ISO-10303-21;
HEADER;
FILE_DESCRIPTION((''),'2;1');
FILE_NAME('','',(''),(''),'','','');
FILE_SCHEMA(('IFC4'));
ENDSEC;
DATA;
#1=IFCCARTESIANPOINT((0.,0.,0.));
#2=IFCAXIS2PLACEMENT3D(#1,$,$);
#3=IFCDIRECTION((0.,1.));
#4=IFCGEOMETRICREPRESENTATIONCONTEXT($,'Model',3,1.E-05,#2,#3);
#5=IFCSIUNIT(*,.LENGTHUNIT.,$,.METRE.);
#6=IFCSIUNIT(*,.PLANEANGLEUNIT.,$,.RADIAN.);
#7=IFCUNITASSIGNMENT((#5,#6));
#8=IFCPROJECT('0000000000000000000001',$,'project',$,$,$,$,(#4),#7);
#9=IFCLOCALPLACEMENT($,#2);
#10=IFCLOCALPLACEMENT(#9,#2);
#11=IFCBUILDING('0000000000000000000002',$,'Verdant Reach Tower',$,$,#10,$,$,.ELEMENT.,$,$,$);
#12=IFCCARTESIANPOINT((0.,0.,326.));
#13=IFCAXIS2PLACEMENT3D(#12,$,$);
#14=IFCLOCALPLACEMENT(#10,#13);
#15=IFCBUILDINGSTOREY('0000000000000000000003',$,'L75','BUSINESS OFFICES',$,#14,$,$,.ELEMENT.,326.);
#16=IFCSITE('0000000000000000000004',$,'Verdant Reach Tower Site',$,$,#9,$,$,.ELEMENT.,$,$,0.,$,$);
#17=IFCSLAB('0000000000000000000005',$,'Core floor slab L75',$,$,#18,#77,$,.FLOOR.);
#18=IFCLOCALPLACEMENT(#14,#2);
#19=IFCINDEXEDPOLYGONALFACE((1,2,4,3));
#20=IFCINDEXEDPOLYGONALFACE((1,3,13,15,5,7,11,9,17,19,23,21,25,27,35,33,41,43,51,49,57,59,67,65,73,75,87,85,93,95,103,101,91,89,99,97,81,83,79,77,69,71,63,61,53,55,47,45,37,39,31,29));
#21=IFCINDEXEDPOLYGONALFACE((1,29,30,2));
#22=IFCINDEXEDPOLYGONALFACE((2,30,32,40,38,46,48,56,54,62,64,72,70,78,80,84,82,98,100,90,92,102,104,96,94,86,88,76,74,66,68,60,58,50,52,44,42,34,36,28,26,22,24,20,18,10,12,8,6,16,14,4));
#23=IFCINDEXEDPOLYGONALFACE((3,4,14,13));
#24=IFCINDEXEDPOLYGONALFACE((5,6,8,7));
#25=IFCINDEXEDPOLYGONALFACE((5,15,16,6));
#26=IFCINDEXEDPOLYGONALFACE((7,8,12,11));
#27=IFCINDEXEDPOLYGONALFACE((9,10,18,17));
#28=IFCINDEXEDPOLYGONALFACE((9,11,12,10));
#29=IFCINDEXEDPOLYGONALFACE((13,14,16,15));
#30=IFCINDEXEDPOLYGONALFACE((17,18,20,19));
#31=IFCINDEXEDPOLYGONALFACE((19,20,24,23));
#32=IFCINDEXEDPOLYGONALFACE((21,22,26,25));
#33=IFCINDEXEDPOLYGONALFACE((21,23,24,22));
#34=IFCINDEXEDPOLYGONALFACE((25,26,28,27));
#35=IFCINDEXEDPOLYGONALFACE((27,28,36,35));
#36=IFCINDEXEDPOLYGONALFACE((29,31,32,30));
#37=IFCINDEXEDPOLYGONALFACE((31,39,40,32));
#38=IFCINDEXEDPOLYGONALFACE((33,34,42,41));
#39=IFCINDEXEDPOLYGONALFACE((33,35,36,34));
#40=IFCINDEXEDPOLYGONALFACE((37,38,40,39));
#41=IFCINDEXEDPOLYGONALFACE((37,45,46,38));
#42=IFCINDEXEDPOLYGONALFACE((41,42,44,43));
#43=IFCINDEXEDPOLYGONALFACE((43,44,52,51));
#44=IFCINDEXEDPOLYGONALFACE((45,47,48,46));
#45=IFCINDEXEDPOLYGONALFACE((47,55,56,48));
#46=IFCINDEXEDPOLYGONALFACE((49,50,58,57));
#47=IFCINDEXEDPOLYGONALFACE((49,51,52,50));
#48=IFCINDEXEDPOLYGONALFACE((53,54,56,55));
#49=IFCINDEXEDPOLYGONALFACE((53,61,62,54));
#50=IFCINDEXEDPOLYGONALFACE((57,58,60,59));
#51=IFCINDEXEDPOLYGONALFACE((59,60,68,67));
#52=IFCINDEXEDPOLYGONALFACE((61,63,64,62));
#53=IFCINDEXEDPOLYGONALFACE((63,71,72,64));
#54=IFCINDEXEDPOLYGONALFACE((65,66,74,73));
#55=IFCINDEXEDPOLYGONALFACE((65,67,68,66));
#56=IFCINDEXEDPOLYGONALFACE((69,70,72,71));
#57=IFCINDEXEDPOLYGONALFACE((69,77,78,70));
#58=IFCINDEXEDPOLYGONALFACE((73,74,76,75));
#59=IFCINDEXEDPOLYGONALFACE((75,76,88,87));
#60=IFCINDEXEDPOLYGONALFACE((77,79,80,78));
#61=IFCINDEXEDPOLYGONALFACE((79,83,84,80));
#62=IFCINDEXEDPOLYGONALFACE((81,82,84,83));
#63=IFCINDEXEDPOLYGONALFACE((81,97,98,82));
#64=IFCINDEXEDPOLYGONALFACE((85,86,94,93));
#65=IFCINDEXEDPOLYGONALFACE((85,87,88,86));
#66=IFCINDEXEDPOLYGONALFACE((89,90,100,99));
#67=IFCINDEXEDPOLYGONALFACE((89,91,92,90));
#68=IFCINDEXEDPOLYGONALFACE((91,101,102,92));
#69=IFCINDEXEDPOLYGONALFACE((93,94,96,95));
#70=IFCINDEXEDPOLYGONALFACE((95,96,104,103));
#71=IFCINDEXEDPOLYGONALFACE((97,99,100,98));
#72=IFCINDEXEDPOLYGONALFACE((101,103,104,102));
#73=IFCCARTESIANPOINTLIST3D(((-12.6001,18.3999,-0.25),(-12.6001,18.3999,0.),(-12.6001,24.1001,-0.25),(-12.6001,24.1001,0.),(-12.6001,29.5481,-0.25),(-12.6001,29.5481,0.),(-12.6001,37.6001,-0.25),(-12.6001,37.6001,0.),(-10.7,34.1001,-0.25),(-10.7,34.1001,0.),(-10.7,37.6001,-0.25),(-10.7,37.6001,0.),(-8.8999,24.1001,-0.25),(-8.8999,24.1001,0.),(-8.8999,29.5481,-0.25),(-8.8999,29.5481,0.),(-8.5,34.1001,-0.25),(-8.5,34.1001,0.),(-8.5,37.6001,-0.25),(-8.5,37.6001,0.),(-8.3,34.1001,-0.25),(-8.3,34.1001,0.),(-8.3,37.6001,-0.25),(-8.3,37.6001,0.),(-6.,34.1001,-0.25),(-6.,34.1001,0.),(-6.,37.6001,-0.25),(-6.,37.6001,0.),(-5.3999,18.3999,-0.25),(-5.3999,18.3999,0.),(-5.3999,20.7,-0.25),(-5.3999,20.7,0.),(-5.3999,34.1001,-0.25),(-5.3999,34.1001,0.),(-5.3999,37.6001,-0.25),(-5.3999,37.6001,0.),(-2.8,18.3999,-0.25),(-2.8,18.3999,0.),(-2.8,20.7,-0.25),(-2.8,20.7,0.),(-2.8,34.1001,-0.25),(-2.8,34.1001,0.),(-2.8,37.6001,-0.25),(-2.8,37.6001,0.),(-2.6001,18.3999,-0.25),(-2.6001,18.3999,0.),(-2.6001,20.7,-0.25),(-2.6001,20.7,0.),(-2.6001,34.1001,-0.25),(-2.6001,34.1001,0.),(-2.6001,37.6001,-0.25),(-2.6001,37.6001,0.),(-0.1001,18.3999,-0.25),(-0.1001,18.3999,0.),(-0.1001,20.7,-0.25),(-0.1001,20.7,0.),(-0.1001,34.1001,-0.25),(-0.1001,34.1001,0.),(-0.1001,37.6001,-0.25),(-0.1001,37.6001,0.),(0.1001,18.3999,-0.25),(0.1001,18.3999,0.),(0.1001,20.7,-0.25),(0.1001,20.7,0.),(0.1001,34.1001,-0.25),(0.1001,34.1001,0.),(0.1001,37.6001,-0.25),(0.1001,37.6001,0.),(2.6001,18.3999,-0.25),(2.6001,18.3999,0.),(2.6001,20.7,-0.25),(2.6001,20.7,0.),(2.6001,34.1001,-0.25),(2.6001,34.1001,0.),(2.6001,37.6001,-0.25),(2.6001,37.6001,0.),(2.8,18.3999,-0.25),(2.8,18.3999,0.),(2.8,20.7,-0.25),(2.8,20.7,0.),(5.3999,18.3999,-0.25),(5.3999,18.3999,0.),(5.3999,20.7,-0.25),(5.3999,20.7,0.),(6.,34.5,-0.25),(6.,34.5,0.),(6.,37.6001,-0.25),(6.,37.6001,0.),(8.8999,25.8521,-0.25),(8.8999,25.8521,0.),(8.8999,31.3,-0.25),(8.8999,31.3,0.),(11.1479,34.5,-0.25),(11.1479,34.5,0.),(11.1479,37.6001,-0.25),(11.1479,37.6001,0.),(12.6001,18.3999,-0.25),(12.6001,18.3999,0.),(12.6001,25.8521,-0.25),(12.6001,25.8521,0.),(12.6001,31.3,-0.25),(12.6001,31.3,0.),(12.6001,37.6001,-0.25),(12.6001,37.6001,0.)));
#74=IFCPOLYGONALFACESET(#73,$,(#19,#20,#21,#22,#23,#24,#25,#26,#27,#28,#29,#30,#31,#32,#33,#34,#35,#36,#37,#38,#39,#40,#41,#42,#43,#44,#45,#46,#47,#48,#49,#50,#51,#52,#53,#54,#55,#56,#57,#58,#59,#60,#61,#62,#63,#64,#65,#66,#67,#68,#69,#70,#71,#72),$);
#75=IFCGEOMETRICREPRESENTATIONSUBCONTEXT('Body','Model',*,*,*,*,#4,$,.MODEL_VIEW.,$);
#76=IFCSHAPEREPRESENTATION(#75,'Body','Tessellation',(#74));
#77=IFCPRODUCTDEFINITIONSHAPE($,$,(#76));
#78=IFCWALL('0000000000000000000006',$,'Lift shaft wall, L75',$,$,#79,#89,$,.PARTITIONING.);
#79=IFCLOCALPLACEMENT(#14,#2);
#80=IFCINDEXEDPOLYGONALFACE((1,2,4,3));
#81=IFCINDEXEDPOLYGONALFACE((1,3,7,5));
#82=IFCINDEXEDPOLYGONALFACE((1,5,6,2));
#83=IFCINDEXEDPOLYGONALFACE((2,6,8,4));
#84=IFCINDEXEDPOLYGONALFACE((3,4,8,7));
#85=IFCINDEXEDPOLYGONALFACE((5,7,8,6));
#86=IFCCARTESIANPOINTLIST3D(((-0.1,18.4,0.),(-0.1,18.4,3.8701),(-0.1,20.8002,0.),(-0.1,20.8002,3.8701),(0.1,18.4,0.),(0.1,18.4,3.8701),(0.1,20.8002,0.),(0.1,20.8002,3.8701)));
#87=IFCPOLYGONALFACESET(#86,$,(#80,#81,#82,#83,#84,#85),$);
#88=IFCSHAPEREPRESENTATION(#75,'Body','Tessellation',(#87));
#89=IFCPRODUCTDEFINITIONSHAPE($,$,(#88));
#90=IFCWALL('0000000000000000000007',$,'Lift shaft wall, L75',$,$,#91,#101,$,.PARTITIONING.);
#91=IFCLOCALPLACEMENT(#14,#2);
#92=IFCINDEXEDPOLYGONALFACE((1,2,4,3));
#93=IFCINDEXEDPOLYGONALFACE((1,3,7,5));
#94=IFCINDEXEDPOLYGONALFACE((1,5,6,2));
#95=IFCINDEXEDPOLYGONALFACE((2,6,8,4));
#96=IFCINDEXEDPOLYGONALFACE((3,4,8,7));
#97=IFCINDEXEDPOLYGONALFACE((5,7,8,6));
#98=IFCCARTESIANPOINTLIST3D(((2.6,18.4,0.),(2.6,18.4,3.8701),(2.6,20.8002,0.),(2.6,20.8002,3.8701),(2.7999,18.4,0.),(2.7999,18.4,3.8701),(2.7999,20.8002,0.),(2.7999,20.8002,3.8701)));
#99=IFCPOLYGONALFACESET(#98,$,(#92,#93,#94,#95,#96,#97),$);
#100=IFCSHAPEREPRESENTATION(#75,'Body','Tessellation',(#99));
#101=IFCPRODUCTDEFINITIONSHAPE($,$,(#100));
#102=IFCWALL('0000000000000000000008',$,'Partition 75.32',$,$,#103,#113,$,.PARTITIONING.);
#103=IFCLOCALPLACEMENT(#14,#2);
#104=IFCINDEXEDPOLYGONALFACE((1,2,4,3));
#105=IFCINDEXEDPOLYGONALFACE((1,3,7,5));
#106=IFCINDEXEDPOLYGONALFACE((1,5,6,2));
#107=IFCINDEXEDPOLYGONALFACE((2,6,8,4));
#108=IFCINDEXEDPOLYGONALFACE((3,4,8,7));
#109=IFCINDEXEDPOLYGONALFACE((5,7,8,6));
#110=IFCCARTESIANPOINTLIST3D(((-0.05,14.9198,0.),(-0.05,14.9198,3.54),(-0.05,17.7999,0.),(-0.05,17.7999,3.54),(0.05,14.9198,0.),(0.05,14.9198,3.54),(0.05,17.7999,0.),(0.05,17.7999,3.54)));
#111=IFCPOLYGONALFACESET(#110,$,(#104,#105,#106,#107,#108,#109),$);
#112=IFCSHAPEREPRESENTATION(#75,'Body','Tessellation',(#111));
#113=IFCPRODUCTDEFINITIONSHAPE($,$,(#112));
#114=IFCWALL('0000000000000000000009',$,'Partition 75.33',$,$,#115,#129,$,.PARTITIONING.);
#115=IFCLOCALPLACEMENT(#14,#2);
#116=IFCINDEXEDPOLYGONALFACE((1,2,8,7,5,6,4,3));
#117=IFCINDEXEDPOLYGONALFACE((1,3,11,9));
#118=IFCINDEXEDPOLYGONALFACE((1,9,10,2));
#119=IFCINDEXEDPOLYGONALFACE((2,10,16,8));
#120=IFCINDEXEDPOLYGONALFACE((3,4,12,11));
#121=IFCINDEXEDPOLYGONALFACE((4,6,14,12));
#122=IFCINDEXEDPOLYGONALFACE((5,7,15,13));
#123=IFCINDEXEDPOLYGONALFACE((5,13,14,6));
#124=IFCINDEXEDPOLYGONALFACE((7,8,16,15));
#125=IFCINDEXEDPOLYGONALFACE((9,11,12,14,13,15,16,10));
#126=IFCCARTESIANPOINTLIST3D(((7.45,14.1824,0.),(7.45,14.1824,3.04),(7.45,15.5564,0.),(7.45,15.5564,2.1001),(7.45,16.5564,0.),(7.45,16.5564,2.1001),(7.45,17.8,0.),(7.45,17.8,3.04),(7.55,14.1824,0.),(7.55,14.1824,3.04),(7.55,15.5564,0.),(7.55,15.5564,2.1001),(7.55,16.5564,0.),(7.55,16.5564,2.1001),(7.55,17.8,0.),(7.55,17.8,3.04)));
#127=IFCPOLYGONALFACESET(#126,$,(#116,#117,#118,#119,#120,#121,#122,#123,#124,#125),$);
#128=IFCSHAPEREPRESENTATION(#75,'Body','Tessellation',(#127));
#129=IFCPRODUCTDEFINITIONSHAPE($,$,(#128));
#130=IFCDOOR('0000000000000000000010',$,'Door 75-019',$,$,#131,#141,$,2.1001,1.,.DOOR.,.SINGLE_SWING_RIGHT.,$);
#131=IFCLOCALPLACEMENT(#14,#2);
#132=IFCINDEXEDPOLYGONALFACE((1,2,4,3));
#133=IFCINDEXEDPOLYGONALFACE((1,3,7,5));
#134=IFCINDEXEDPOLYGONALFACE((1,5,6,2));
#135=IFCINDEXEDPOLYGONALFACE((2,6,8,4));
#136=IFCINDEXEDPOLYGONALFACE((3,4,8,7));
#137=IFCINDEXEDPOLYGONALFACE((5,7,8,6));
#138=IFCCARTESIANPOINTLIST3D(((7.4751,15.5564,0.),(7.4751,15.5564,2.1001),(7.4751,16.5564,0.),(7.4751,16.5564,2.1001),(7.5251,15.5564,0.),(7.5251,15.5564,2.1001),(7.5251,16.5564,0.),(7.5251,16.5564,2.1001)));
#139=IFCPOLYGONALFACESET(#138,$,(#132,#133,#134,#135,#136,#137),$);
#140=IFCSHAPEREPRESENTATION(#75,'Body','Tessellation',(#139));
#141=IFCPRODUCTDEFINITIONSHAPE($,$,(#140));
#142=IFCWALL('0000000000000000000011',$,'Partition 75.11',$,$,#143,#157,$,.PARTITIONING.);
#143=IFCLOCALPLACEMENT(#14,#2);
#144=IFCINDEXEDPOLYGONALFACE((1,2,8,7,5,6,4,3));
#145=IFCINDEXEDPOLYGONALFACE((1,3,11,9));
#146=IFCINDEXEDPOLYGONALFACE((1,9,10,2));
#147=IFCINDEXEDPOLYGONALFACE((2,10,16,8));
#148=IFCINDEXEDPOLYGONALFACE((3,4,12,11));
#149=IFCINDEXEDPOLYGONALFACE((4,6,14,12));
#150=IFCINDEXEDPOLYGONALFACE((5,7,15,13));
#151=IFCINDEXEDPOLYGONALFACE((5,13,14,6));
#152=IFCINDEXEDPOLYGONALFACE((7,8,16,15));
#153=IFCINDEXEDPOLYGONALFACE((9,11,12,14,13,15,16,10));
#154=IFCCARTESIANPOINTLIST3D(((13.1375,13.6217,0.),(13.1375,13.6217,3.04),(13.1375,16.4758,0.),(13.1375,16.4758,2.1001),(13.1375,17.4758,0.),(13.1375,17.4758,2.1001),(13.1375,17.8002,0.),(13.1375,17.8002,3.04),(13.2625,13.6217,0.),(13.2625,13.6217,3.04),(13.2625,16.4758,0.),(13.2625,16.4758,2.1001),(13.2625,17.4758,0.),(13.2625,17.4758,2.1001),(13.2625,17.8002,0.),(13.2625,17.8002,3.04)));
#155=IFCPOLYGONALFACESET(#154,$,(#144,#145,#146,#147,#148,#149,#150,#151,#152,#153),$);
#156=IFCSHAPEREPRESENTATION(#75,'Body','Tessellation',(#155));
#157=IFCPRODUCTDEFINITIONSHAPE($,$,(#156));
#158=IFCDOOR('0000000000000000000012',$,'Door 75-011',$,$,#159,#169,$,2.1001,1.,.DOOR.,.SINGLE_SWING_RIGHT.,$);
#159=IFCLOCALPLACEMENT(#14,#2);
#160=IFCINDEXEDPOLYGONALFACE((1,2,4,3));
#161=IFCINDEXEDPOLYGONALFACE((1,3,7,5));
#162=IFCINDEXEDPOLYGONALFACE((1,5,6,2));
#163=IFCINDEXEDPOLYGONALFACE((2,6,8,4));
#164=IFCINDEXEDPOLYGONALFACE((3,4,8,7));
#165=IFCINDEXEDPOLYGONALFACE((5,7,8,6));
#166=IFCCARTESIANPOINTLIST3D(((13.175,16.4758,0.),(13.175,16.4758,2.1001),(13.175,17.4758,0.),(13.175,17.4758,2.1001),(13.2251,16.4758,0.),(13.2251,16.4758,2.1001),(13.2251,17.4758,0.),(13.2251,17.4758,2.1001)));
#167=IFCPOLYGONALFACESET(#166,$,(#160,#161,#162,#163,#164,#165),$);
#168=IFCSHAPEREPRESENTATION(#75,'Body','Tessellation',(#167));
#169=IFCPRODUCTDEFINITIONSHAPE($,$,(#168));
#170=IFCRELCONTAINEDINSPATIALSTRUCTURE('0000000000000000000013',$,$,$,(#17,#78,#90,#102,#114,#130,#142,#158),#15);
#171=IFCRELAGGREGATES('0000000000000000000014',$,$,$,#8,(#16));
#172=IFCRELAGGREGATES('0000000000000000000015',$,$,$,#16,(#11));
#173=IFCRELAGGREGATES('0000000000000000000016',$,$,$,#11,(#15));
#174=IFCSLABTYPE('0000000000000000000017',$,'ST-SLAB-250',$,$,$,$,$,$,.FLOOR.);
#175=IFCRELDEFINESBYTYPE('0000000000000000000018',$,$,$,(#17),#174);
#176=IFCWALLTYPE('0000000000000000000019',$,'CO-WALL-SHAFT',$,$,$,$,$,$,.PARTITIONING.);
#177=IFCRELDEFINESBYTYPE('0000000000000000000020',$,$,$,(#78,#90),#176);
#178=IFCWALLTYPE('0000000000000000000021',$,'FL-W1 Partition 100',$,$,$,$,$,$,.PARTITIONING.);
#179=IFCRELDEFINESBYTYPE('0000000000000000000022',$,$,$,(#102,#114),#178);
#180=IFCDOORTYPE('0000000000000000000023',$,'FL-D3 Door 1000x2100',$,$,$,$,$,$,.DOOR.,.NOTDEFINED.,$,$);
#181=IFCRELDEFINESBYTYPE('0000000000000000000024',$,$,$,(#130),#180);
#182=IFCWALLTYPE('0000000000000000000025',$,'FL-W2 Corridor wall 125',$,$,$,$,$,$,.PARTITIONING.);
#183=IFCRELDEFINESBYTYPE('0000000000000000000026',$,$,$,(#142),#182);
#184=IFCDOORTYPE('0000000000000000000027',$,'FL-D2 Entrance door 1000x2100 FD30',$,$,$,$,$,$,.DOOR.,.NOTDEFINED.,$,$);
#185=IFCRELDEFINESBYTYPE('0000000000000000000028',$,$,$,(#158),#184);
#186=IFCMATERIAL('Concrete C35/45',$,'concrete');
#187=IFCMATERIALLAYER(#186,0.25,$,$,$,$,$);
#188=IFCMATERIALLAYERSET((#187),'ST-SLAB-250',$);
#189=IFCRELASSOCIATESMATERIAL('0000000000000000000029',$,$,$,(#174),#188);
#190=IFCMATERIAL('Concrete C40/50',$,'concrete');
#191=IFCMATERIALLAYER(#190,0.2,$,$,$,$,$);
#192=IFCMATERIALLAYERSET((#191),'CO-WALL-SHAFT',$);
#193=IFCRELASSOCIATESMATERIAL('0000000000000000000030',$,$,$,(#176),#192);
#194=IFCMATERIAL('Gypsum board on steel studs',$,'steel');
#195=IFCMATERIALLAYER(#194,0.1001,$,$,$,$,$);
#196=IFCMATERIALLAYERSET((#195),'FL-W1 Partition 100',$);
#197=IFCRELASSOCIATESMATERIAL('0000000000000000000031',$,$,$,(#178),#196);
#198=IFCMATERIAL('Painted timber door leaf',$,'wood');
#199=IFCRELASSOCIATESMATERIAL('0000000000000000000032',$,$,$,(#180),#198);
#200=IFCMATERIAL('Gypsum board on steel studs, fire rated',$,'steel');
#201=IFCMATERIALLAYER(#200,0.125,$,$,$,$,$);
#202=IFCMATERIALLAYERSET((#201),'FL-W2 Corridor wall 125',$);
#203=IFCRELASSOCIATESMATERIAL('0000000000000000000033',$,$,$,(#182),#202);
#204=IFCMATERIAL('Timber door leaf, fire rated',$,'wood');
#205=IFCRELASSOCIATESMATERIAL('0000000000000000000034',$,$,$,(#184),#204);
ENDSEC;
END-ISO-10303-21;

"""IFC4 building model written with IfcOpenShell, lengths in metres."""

from ifc_helpers import new_model, si_unit, direction, frame, frame_2d, origin, place, context, subcontext, project, spatial, polyline, rectangle, outline, extrude, material, layer, layer_set, type_object, element, fill, save


model = new_model("IFC4")

# Units and contexts
model_context = context("Model", 3, precision=1e-05, world=origin(), true_north=direction((0.0, 1.0)))
body_context = subcontext(model_context, "Body", "Model", "MODEL_VIEW")
ifc_project = project(units=[si_unit("LENGTHUNIT", "METRE"), si_unit("PLANEANGLEUNIT", "RADIAN")], contexts=[model_context])

# Site, building, storey
site_placement = place(None, origin())
site = spatial("IfcSite", under=ifc_project, at=site_placement, Name="Verdant Reach Tower Site", CompositionType="ELEMENT", RefElevation=0.0)
building_placement = place(site_placement, origin())
building = spatial("IfcBuilding", under=site, at=building_placement, Name="Verdant Reach Tower", CompositionType="ELEMENT")
storey_placement = place(building_placement, frame((0.0, 0.0, 326.0)))
storey = spatial("IfcBuildingStorey", under=building, at=storey_placement, Name="L75", Description="BUSINESS OFFICES", CompositionType="ELEMENT", Elevation=326.0)

# Shared definitions
ifc_material_1 = material(Name="Concrete C40/50", Category="concrete")

# Slab
ifc_material_2 = material(Name="Concrete C35/45", Category="concrete")
ifc_layer_1 = layer(ifc_material_2, 0.25)
ifc_layer_set_1 = layer_set([ifc_layer_1], Name="ST-SLAB-250")
slab_type_1 = type_object("IfcSlabType", Name="ST-SLAB-250", PredefinedType="FLOOR", material=ifc_layer_set_1)
slab_1_placement = place(storey_placement, frame((0.0, 0.0, -0.25)))
element("IfcSlab", 1, at=slab_1_placement, inside=storey, type_object=slab_type_1, Name="Core floor slab L75", PredefinedType="FLOOR", context=body_context, shape_type="SweptSolid", body=[
    extrude(outline(polyline([(12.6001, 18.3999), (5.3999, 18.3999), (5.3999, 20.7), (2.8, 20.7), (2.8, 18.3999), (2.6001, 18.3999), (2.6001, 20.7), (0.1001, 20.7), (0.1001, 18.3999), (-0.1001, 18.3999), (-0.1001, 20.7), (-2.6001, 20.7), (-2.6001, 18.3999), (-2.8, 18.3999), (-2.8, 20.7), (-5.3999, 20.7), (-5.3999, 18.3999), (-12.6001, 18.3999), (-12.6001, 24.1001), (-8.8999, 24.1001), (-8.8999, 29.5481), (-12.6001, 29.5481), (-12.6001, 37.6001), (-10.7, 37.6001), (-10.7, 34.1001), (-8.5, 34.1001), (-8.5, 37.6001), (-8.3, 37.6001), (-8.3, 34.1001), (-6.0, 34.1001), (-6.0, 37.6001), (-5.3999, 37.6001), (-5.3999, 34.1001), (-2.8, 34.1001), (-2.8, 37.6001), (-2.6001, 37.6001), (-2.6001, 34.1001), (-0.1001, 34.1001), (-0.1001, 37.6001), (0.1001, 37.6001), (0.1001, 34.1001), (2.6001, 34.1001), (2.6001, 37.6001), (6.0, 37.6001), (6.0, 34.5), (11.1479, 34.5), (11.1479, 37.6001), (12.6001, 37.6001), (12.6001, 31.3), (8.8999, 31.3), (8.8999, 25.8521), (12.6001, 25.8521), (12.6001, 18.3999)])), origin(), (0.0, 0.0, 1.0), 0.25),
])

# Walls
ifc_layer_2 = layer(ifc_material_1, 0.2)
ifc_layer_set_2 = layer_set([ifc_layer_2], Name="CO-WALL-SHAFT")
wall_type_1 = type_object("IfcWallType", Name="CO-WALL-SHAFT", PredefinedType="PARTITIONING", material=ifc_layer_set_2)
for number, where, z_axis, x_axis, name in (
    (2, (0.0, 18.3999, 0.0), (0.0, 0.0, 1.0), (0.0, 1.0, 0.0), "Lift shaft wall, L75"),
    (3, (2.7, 18.3999, 0.0), (0.0, 0.0, 1.0), (0.0, 1.0, 0.0), "Lift shaft wall, L75"),
):
    element("IfcWall", number, at=place(storey_placement, frame(where, z_axis=z_axis, x_axis=x_axis)), inside=storey, type_object=wall_type_1, Name=name, PredefinedType="PARTITIONING", context=body_context, shape_type="SweptSolid", body=[
        extrude(rectangle(XDim=2.4001, YDim=0.2, at=frame_2d((1.2002, 0.0))), origin(), (0.0, 0.0, 1.0), 3.8701),
    ])
ifc_material_3 = material(Name="Gypsum board on steel studs", Category="steel")
ifc_layer_3 = layer(ifc_material_3, 0.1001)
ifc_layer_set_3 = layer_set([ifc_layer_3], Name="FL-W1 Partition 100")
wall_type_2 = type_object("IfcWallType", Name="FL-W1 Partition 100", PredefinedType="PARTITIONING", material=ifc_layer_set_3)
wall_1_placement = place(storey_placement, frame((0.0, 14.9199, 0.0), z_axis=(0.0, 0.0, 1.0), x_axis=(0.0, 1.0, 0.0)))
element("IfcWall", 4, at=wall_1_placement, inside=storey, type_object=wall_type_2, Name="Partition 75.32", PredefinedType="PARTITIONING", context=body_context, shape_type="SweptSolid", body=[
    extrude(rectangle(XDim=2.8801, YDim=0.1001, at=frame_2d((1.4399, 0.0))), origin(), (0.0, 0.0, 1.0), 3.54),
])

# Walls, openings, doors
wall_2_placement = place(storey_placement, frame((7.5, 14.1824, 0.0), z_axis=(0.0, 0.0, 1.0), x_axis=(0.0, 1.0, 0.0)))
wall_2 = element("IfcWall", 5, at=wall_2_placement, inside=storey, type_object=wall_type_2, Name="Partition 75.33", PredefinedType="PARTITIONING", context=body_context, shape_type="SweptSolid", body=[
    extrude(rectangle(XDim=3.6177, YDim=0.1001, at=frame_2d((1.8088, 0.0))), origin(), (0.0, 0.0, 1.0), 3.04),
])
opening_1_placement = place(wall_2_placement, frame((1.374, 0.0, 0.0)))
opening_1 = element("IfcOpeningElement", 6, at=opening_1_placement, cuts=wall_2, PredefinedType="OPENING", context=body_context, shape_type="SweptSolid", body=[
    extrude(rectangle(XDim=1.0, YDim=2.1001, at=frame_2d((0.5, 1.05))), frame((0.0, 0.0601, 0.0), z_axis=(0.0, -1.0, 0.0), x_axis=(1.0, 0.0, 0.0)), (0.0, 0.0, 1.0), 0.1201),
])
ifc_material_4 = material(Name="Painted timber door leaf", Category="wood")
door_type_1 = type_object("IfcDoorType", Name="FL-D3 Door 1000x2100", OperationType="NOTDEFINED", PredefinedType="DOOR", material=ifc_material_4)
door_1_placement = place(opening_1_placement, origin())
door_1 = element("IfcDoor", 7, at=door_1_placement, inside=storey, type_object=door_type_1, Name="Door 75-019", OperationType="SINGLE_SWING_RIGHT", OverallHeight=2.1001, OverallWidth=1.0, PredefinedType="DOOR", context=body_context, shape_type="SweptSolid", body=[
    extrude(rectangle(XDim=1.0, YDim=2.1001, at=frame_2d((0.5, 1.05))), frame((0.0, 0.0249, 0.0), z_axis=(0.0, -1.0, 0.0), x_axis=(1.0, 0.0, 0.0)), (0.0, 0.0, 1.0), 0.05),
])
fill(opening_1, door_1)
ifc_material_5 = material(Name="Gypsum board on steel studs, fire rated", Category="steel")
ifc_layer_4 = layer(ifc_material_5, 0.125)
ifc_layer_set_4 = layer_set([ifc_layer_4], Name="FL-W2 Corridor wall 125")
wall_type_3 = type_object("IfcWallType", Name="FL-W2 Corridor wall 125", PredefinedType="PARTITIONING", material=ifc_layer_set_4)
wall_3_placement = place(storey_placement, frame((13.2, 13.6216, 0.0), z_axis=(0.0, 0.0, 1.0), x_axis=(0.0, 1.0, 0.0)))
wall_3 = element("IfcWall", 8, at=wall_3_placement, inside=storey, type_object=wall_type_3, Name="Partition 75.11", PredefinedType="PARTITIONING", context=body_context, shape_type="SweptSolid", body=[
    extrude(rectangle(XDim=4.1785, YDim=0.125, at=frame_2d((2.0894, 0.0))), origin(), (0.0, 0.0, 1.0), 3.04),
])
opening_2_placement = place(wall_3_placement, frame((2.8542, 0.0, 0.0)))
opening_2 = element("IfcOpeningElement", 9, at=opening_2_placement, cuts=wall_3, PredefinedType="OPENING", context=body_context, shape_type="SweptSolid", body=[
    extrude(rectangle(XDim=1.0, YDim=2.1001, at=frame_2d((0.5, 1.05))), frame((0.0, 0.0725, 0.0), z_axis=(0.0, -1.0, 0.0), x_axis=(1.0, 0.0, 0.0)), (0.0, 0.0, 1.0), 0.145),
])
ifc_material_6 = material(Name="Timber door leaf, fire rated", Category="wood")
door_type_2 = type_object("IfcDoorType", Name="FL-D2 Entrance door 1000x2100 FD30", OperationType="NOTDEFINED", PredefinedType="DOOR", material=ifc_material_6)
door_2_placement = place(opening_2_placement, origin())
door_2 = element("IfcDoor", 10, at=door_2_placement, inside=storey, type_object=door_type_2, Name="Door 75-011", OperationType="SINGLE_SWING_RIGHT", OverallHeight=2.1001, OverallWidth=1.0, PredefinedType="DOOR", context=body_context, shape_type="SweptSolid", body=[
    extrude(rectangle(XDim=1.0, YDim=2.1001, at=frame_2d((0.5, 1.05))), frame((0.0, 0.0249, 0.0), z_axis=(0.0, -1.0, 0.0), x_axis=(1.0, 0.0, 0.0)), (0.0, 0.0, 1.0), 0.05),
])
fill(opening_2, door_2)

save(model, "model.ifc")
